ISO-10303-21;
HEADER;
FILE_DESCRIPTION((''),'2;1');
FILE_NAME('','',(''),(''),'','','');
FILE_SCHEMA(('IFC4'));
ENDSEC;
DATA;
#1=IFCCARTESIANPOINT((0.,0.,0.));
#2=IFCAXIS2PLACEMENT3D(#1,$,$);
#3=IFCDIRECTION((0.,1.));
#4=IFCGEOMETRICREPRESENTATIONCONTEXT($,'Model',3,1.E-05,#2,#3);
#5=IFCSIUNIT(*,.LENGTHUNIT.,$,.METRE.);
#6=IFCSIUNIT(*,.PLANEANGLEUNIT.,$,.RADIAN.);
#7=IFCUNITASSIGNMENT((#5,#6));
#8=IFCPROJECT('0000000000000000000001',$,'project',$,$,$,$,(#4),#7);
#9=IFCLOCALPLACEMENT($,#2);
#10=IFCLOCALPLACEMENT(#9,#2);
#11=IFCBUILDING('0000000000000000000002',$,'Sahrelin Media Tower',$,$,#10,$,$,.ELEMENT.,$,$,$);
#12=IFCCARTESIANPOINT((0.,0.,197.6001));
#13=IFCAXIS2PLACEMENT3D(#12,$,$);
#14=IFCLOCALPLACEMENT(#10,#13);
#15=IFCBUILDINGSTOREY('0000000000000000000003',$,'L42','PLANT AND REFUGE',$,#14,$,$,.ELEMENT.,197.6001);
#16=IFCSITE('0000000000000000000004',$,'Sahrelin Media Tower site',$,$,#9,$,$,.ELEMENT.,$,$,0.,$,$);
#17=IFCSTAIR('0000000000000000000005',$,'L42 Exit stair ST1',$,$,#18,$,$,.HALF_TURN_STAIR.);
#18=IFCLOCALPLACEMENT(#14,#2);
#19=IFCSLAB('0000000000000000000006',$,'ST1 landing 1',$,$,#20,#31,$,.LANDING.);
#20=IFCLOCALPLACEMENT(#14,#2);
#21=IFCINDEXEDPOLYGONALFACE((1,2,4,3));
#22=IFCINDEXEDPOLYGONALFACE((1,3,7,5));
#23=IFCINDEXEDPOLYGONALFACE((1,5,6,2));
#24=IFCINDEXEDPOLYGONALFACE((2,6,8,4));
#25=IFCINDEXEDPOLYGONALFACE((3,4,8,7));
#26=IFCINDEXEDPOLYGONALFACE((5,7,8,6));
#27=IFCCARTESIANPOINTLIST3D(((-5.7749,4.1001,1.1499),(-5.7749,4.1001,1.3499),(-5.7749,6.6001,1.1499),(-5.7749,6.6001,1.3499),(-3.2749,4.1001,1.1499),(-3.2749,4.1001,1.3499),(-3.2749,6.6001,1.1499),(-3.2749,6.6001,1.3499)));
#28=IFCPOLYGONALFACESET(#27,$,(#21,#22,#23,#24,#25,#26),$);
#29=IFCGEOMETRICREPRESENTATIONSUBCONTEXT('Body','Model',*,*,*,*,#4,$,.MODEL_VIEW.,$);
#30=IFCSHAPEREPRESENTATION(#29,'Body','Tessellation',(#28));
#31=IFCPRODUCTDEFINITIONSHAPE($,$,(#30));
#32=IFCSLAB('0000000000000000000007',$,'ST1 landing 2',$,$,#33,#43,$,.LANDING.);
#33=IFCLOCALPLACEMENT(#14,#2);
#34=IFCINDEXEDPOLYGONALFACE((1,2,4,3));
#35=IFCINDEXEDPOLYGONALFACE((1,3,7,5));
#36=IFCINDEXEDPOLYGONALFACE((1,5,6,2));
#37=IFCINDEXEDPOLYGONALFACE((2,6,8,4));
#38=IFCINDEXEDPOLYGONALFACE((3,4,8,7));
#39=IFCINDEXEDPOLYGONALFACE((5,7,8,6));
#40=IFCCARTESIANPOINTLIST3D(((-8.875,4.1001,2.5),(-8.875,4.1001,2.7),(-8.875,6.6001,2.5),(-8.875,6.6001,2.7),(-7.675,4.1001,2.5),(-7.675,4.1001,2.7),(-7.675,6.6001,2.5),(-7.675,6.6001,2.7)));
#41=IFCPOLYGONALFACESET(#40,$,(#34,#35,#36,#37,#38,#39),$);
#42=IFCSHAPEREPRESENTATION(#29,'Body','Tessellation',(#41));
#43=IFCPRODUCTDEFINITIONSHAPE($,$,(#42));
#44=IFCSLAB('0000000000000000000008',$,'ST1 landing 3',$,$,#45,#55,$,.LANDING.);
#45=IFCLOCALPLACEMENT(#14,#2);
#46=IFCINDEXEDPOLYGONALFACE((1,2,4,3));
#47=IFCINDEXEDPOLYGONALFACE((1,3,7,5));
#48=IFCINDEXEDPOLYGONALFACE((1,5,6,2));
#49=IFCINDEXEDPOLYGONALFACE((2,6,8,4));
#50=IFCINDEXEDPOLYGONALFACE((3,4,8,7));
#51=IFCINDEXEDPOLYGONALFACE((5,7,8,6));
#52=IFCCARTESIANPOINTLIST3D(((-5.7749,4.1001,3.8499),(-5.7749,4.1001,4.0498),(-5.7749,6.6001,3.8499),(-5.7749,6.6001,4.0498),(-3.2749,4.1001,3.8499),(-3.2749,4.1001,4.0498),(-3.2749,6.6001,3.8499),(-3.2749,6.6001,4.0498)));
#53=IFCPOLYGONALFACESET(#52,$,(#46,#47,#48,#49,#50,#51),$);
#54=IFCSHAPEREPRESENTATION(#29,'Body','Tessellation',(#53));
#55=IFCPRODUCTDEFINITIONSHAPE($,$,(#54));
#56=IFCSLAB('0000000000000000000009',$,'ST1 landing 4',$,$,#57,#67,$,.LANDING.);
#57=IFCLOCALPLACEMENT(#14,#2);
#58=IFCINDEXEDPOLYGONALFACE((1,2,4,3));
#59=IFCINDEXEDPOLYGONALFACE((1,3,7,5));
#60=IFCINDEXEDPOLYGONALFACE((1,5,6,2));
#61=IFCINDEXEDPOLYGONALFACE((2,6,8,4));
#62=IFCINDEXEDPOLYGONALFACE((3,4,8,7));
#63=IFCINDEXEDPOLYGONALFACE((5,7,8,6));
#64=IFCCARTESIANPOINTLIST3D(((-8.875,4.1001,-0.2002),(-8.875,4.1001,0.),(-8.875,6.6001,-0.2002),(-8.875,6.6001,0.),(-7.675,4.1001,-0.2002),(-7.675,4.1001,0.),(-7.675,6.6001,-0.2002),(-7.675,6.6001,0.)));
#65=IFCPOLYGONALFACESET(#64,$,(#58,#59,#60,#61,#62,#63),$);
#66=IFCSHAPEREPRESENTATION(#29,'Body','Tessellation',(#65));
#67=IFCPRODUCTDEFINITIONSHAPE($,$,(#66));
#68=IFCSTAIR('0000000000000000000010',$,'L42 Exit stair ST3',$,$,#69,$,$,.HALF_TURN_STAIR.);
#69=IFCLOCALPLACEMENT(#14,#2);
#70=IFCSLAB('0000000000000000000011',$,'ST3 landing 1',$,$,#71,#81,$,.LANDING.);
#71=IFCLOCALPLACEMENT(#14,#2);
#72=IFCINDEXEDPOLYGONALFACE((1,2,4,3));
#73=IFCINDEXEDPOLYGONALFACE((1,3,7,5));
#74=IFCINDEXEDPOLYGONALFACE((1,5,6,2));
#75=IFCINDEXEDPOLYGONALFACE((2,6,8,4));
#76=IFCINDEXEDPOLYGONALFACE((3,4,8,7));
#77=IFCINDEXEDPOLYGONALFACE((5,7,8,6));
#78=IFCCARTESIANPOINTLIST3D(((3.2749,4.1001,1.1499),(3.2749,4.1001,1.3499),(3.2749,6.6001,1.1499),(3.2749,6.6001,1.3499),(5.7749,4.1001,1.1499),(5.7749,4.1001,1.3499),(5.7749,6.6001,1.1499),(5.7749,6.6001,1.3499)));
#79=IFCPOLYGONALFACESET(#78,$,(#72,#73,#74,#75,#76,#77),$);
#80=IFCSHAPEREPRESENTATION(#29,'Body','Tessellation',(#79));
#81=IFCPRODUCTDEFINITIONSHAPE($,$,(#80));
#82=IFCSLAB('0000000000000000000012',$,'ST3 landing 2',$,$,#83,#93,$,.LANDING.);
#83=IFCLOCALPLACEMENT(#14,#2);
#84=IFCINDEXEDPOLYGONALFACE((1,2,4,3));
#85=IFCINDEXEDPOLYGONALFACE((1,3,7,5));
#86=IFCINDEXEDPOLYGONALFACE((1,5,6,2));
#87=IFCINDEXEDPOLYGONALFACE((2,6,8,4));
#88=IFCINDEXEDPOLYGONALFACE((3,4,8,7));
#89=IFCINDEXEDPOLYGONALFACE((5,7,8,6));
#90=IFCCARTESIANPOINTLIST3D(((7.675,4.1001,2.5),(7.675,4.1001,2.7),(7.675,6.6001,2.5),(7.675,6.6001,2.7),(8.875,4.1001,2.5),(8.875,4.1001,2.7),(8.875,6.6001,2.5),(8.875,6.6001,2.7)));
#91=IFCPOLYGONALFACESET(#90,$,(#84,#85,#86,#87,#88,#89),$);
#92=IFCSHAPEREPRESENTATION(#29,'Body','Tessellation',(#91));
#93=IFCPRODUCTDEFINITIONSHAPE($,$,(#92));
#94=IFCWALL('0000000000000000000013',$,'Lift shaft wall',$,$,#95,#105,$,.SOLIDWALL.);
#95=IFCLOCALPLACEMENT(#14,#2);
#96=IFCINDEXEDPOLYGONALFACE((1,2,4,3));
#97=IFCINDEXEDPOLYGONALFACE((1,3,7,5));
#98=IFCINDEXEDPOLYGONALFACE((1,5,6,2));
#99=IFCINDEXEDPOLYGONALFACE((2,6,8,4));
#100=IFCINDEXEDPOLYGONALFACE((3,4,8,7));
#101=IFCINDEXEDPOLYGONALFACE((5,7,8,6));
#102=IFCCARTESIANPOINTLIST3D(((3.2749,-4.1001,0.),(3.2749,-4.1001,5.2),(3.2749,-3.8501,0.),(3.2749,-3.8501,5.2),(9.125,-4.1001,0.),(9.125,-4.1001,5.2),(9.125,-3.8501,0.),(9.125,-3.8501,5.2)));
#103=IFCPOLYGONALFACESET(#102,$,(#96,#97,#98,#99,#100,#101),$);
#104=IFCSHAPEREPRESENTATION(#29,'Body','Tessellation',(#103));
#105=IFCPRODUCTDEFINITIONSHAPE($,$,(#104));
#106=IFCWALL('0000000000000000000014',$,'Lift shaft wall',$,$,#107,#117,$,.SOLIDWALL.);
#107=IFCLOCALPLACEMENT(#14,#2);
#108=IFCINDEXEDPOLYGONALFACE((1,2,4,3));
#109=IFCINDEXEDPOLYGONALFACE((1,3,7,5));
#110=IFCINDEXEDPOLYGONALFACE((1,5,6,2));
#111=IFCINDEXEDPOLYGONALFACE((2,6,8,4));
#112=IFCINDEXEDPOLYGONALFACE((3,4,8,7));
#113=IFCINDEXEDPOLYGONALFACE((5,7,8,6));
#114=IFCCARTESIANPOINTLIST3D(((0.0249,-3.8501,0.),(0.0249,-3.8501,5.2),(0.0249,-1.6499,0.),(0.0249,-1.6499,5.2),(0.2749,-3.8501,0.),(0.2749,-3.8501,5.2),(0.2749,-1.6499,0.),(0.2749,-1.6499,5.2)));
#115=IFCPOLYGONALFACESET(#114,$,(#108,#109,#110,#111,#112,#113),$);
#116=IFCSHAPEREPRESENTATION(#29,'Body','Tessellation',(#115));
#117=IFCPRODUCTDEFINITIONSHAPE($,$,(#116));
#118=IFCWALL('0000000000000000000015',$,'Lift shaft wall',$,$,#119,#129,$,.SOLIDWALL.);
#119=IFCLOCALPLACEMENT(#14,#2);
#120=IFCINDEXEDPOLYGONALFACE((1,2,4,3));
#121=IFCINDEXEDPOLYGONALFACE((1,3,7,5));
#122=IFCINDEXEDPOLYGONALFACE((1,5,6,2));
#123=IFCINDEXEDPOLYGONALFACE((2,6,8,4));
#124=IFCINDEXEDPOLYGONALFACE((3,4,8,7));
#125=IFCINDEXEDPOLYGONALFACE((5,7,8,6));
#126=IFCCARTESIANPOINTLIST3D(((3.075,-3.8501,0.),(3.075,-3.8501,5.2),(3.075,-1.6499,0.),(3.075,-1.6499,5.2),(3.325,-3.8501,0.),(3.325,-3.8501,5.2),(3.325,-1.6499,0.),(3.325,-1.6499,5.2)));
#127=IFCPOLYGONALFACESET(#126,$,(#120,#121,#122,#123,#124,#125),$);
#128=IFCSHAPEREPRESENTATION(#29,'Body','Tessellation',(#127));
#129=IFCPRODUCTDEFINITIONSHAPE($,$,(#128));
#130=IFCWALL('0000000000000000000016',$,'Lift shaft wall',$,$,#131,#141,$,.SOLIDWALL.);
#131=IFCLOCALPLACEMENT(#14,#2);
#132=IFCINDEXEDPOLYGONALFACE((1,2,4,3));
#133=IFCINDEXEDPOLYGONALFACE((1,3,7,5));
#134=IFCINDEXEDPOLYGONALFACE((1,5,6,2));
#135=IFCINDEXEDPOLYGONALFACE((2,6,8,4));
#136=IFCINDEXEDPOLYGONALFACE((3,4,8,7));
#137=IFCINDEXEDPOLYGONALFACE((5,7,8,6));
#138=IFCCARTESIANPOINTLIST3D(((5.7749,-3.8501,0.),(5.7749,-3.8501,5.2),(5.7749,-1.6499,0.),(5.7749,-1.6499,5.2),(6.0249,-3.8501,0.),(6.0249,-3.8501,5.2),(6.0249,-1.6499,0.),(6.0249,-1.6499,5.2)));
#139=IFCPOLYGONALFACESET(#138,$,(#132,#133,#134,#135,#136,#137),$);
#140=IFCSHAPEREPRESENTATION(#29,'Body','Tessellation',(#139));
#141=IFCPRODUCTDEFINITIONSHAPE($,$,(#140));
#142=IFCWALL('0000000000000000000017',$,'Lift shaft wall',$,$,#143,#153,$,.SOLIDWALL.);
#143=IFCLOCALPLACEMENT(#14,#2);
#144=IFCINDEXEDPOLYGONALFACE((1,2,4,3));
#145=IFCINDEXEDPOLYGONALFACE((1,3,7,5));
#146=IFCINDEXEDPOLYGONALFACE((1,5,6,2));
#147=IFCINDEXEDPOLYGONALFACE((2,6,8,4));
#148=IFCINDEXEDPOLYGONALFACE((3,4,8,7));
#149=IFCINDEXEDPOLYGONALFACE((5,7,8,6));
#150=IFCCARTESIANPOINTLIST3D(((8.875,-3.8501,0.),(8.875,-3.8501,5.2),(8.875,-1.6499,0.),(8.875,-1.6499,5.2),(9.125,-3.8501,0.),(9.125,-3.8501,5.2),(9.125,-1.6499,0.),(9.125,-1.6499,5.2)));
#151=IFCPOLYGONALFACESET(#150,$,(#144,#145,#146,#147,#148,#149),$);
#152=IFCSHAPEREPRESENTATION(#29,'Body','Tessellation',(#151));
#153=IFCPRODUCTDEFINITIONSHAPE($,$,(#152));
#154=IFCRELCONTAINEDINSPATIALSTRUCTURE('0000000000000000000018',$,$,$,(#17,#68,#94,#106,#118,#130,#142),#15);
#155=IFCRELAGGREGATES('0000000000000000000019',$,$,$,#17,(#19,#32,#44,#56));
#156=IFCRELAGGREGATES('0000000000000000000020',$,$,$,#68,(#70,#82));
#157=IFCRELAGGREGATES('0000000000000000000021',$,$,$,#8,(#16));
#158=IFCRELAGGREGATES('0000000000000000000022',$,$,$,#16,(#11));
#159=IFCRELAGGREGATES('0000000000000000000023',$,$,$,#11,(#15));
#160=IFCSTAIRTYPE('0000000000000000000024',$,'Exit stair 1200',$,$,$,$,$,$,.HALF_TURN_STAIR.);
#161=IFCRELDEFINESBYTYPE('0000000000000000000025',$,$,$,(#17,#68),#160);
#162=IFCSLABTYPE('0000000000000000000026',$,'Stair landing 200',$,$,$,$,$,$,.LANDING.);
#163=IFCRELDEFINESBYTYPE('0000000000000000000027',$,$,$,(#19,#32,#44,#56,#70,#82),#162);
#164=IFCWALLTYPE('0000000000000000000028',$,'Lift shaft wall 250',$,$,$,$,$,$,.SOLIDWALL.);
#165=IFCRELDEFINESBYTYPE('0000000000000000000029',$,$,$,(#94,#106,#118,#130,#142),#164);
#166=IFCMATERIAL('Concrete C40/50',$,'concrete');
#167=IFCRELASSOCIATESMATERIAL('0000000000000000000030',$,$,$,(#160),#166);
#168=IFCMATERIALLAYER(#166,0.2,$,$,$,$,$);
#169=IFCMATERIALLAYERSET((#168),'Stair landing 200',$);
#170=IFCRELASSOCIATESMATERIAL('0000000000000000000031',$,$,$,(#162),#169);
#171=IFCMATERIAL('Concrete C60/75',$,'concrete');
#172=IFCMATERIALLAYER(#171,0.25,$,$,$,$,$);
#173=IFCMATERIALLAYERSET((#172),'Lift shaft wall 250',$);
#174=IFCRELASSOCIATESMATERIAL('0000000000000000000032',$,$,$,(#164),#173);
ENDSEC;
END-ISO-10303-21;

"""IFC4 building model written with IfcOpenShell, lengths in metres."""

from ifc_helpers import new_model, si_unit, direction, frame, frame_2d, origin, place, context, subcontext, project, spatial, polyline, rectangle, outline, extrude, material, layer, layer_set, type_object, element, aggregate, save


model = new_model("IFC4")

# Units and contexts
model_context = context("Model", 3, precision=1e-05, world=origin(), true_north=direction((0.0, 1.0)))
body_context = subcontext(model_context, "Body", "Model", "MODEL_VIEW")
ifc_project = project(units=[si_unit("LENGTHUNIT", "METRE"), si_unit("PLANEANGLEUNIT", "RADIAN")], contexts=[model_context])

# Site, building, storey
site_placement = place(None, origin())
site = spatial("IfcSite", under=ifc_project, at=site_placement, Name="Sahrelin Media Tower site", CompositionType="ELEMENT", RefElevation=0.0)
building_placement = place(site_placement, origin())
building = spatial("IfcBuilding", under=site, at=building_placement, Name="Sahrelin Media Tower", CompositionType="ELEMENT")
storey_placement = place(building_placement, frame((0.0, 0.0, 197.6001)))
storey = spatial("IfcBuildingStorey", under=building, at=storey_placement, Name="L42", Description="PLANT AND REFUGE", CompositionType="ELEMENT", Elevation=197.6001)

# Stairs, slabs
ifc_material_1 = material(Name="Concrete C40/50", Category="concrete")
stair_type = type_object("IfcStairType", Name="Exit stair 1200", PredefinedType="HALF_TURN_STAIR", material=ifc_material_1)
placement_1 = place(storey_placement, origin())
stair_1 = element("IfcStair", 1, at=placement_1, inside=storey, type_object=stair_type, Name="L42 Exit stair ST1", PredefinedType="HALF_TURN_STAIR")
ifc_layer_1 = layer(ifc_material_1, 0.2)
ifc_layer_set_1 = layer_set([ifc_layer_1], Name="Stair landing 200")
slab_type = type_object("IfcSlabType", Name="Stair landing 200", PredefinedType="LANDING", material=ifc_layer_set_1)
placement_2 = place(storey_placement, frame((0.0, 0.0, 1.1499)))
slab_1 = element("IfcSlab", 2, at=placement_2, type_object=slab_type, Name="ST1 landing 1", PredefinedType="LANDING", context=body_context, shape_type="SweptSolid", body=[
    extrude(outline(polyline([(-5.7749, 4.1001), (-3.2749, 4.1001), (-3.2749, 6.6001), (-5.7749, 6.6001), (-5.7749, 4.1001)])), origin(), (0.0, 0.0, 1.0), 0.2),
])
placement_3 = place(storey_placement, frame((0.0, 0.0, 2.5)))
slab_2 = element("IfcSlab", 3, at=placement_3, type_object=slab_type, Name="ST1 landing 2", PredefinedType="LANDING", context=body_context, shape_type="SweptSolid", body=[
    extrude(outline(polyline([(-8.875, 4.1001), (-7.675, 4.1001), (-7.675, 6.6001), (-8.875, 6.6001), (-8.875, 4.1001)])), origin(), (0.0, 0.0, 1.0), 0.2),
])
slab_3_placement = place(storey_placement, frame((0.0, 0.0, 3.8499)))
slab_3 = element("IfcSlab", 4, at=slab_3_placement, type_object=slab_type, Name="ST1 landing 3", PredefinedType="LANDING", context=body_context, shape_type="SweptSolid", body=[
    extrude(outline(polyline([(-5.7749, 4.1001), (-3.2749, 4.1001), (-3.2749, 6.6001), (-5.7749, 6.6001), (-5.7749, 4.1001)])), origin(), (0.0, 0.0, 1.0), 0.2),
])
slab_4_placement = place(storey_placement, frame((0.0, 0.0, -0.2002)))
slab_4 = element("IfcSlab", 5, at=slab_4_placement, type_object=slab_type, Name="ST1 landing 4", PredefinedType="LANDING", context=body_context, shape_type="SweptSolid", body=[
    extrude(outline(polyline([(-8.875, 4.1001), (-7.675, 4.1001), (-7.675, 6.6001), (-8.875, 6.6001), (-8.875, 4.1001)])), origin(), (0.0, 0.0, 1.0), 0.2002),
])
aggregate(stair_1, [slab_1, slab_2, slab_3, slab_4])
stair_2 = element("IfcStair", 6, at=placement_1, inside=storey, type_object=stair_type, Name="L42 Exit stair ST3", PredefinedType="HALF_TURN_STAIR")
slab_5 = element("IfcSlab", 7, at=placement_2, type_object=slab_type, Name="ST3 landing 1", PredefinedType="LANDING", context=body_context, shape_type="SweptSolid", body=[
    extrude(outline(polyline([(5.7749, 6.6001), (3.2749, 6.6001), (3.2749, 4.1001), (5.7749, 4.1001), (5.7749, 6.6001)])), origin(), (0.0, 0.0, 1.0), 0.2),
])
slab_6 = element("IfcSlab", 8, at=placement_3, type_object=slab_type, Name="ST3 landing 2", PredefinedType="LANDING", context=body_context, shape_type="SweptSolid", body=[
    extrude(outline(polyline([(8.875, 6.6001), (7.675, 6.6001), (7.675, 4.1001), (8.875, 4.1001), (8.875, 6.6001)])), origin(), (0.0, 0.0, 1.0), 0.2),
])
aggregate(stair_2, [slab_5, slab_6])

# Walls
ifc_material_2 = material(Name="Concrete C60/75", Category="concrete")
ifc_layer_2 = layer(ifc_material_2, 0.25)
ifc_layer_set_2 = layer_set([ifc_layer_2], Name="Lift shaft wall 250")
wall_type = type_object("IfcWallType", Name="Lift shaft wall 250", PredefinedType="SOLIDWALL", material=ifc_layer_set_2)
wall_placement = place(storey_placement, frame((3.2749, -3.9751, 0.0), z_axis=(0.0, 0.0, 1.0), x_axis=(1.0, 0.0, 0.0)))
element("IfcWall", 9, at=wall_placement, inside=storey, type_object=wall_type, Name="Lift shaft wall", PredefinedType="SOLIDWALL", context=body_context, shape_type="SweptSolid", body=[
    extrude(rectangle(XDim=5.8501, YDim=0.25, at=frame_2d((2.925, 0.0))), origin(), (0.0, 0.0, 1.0), 5.2),
])
for number, where, z_axis, x_axis, name in (
    (10, (0.1499, -3.8501, 0.0), (0.0, 0.0, 1.0), (0.0, 1.0, 0.0), "Lift shaft wall"),
    (11, (3.2, -3.8501, 0.0), (0.0, 0.0, 1.0), (0.0, 1.0, 0.0), "Lift shaft wall"),
    (12, (5.8999, -3.8501, 0.0), (0.0, 0.0, 1.0), (0.0, 1.0, 0.0), "Lift shaft wall"),
    (13, (9.0, -3.8501, 0.0), (0.0, 0.0, 1.0), (0.0, 1.0, 0.0), "Lift shaft wall"),
):
    element("IfcWall", number, at=place(storey_placement, frame(where, z_axis=z_axis, x_axis=x_axis)), inside=storey, type_object=wall_type, Name=name, PredefinedType="SOLIDWALL", context=body_context, shape_type="SweptSolid", body=[
        extrude(rectangle(XDim=2.2002, YDim=0.25, at=frame_2d((1.1001, 0.0))), origin(), (0.0, 0.0, 1.0), 5.2),
    ])

save(model, "model.ifc")
